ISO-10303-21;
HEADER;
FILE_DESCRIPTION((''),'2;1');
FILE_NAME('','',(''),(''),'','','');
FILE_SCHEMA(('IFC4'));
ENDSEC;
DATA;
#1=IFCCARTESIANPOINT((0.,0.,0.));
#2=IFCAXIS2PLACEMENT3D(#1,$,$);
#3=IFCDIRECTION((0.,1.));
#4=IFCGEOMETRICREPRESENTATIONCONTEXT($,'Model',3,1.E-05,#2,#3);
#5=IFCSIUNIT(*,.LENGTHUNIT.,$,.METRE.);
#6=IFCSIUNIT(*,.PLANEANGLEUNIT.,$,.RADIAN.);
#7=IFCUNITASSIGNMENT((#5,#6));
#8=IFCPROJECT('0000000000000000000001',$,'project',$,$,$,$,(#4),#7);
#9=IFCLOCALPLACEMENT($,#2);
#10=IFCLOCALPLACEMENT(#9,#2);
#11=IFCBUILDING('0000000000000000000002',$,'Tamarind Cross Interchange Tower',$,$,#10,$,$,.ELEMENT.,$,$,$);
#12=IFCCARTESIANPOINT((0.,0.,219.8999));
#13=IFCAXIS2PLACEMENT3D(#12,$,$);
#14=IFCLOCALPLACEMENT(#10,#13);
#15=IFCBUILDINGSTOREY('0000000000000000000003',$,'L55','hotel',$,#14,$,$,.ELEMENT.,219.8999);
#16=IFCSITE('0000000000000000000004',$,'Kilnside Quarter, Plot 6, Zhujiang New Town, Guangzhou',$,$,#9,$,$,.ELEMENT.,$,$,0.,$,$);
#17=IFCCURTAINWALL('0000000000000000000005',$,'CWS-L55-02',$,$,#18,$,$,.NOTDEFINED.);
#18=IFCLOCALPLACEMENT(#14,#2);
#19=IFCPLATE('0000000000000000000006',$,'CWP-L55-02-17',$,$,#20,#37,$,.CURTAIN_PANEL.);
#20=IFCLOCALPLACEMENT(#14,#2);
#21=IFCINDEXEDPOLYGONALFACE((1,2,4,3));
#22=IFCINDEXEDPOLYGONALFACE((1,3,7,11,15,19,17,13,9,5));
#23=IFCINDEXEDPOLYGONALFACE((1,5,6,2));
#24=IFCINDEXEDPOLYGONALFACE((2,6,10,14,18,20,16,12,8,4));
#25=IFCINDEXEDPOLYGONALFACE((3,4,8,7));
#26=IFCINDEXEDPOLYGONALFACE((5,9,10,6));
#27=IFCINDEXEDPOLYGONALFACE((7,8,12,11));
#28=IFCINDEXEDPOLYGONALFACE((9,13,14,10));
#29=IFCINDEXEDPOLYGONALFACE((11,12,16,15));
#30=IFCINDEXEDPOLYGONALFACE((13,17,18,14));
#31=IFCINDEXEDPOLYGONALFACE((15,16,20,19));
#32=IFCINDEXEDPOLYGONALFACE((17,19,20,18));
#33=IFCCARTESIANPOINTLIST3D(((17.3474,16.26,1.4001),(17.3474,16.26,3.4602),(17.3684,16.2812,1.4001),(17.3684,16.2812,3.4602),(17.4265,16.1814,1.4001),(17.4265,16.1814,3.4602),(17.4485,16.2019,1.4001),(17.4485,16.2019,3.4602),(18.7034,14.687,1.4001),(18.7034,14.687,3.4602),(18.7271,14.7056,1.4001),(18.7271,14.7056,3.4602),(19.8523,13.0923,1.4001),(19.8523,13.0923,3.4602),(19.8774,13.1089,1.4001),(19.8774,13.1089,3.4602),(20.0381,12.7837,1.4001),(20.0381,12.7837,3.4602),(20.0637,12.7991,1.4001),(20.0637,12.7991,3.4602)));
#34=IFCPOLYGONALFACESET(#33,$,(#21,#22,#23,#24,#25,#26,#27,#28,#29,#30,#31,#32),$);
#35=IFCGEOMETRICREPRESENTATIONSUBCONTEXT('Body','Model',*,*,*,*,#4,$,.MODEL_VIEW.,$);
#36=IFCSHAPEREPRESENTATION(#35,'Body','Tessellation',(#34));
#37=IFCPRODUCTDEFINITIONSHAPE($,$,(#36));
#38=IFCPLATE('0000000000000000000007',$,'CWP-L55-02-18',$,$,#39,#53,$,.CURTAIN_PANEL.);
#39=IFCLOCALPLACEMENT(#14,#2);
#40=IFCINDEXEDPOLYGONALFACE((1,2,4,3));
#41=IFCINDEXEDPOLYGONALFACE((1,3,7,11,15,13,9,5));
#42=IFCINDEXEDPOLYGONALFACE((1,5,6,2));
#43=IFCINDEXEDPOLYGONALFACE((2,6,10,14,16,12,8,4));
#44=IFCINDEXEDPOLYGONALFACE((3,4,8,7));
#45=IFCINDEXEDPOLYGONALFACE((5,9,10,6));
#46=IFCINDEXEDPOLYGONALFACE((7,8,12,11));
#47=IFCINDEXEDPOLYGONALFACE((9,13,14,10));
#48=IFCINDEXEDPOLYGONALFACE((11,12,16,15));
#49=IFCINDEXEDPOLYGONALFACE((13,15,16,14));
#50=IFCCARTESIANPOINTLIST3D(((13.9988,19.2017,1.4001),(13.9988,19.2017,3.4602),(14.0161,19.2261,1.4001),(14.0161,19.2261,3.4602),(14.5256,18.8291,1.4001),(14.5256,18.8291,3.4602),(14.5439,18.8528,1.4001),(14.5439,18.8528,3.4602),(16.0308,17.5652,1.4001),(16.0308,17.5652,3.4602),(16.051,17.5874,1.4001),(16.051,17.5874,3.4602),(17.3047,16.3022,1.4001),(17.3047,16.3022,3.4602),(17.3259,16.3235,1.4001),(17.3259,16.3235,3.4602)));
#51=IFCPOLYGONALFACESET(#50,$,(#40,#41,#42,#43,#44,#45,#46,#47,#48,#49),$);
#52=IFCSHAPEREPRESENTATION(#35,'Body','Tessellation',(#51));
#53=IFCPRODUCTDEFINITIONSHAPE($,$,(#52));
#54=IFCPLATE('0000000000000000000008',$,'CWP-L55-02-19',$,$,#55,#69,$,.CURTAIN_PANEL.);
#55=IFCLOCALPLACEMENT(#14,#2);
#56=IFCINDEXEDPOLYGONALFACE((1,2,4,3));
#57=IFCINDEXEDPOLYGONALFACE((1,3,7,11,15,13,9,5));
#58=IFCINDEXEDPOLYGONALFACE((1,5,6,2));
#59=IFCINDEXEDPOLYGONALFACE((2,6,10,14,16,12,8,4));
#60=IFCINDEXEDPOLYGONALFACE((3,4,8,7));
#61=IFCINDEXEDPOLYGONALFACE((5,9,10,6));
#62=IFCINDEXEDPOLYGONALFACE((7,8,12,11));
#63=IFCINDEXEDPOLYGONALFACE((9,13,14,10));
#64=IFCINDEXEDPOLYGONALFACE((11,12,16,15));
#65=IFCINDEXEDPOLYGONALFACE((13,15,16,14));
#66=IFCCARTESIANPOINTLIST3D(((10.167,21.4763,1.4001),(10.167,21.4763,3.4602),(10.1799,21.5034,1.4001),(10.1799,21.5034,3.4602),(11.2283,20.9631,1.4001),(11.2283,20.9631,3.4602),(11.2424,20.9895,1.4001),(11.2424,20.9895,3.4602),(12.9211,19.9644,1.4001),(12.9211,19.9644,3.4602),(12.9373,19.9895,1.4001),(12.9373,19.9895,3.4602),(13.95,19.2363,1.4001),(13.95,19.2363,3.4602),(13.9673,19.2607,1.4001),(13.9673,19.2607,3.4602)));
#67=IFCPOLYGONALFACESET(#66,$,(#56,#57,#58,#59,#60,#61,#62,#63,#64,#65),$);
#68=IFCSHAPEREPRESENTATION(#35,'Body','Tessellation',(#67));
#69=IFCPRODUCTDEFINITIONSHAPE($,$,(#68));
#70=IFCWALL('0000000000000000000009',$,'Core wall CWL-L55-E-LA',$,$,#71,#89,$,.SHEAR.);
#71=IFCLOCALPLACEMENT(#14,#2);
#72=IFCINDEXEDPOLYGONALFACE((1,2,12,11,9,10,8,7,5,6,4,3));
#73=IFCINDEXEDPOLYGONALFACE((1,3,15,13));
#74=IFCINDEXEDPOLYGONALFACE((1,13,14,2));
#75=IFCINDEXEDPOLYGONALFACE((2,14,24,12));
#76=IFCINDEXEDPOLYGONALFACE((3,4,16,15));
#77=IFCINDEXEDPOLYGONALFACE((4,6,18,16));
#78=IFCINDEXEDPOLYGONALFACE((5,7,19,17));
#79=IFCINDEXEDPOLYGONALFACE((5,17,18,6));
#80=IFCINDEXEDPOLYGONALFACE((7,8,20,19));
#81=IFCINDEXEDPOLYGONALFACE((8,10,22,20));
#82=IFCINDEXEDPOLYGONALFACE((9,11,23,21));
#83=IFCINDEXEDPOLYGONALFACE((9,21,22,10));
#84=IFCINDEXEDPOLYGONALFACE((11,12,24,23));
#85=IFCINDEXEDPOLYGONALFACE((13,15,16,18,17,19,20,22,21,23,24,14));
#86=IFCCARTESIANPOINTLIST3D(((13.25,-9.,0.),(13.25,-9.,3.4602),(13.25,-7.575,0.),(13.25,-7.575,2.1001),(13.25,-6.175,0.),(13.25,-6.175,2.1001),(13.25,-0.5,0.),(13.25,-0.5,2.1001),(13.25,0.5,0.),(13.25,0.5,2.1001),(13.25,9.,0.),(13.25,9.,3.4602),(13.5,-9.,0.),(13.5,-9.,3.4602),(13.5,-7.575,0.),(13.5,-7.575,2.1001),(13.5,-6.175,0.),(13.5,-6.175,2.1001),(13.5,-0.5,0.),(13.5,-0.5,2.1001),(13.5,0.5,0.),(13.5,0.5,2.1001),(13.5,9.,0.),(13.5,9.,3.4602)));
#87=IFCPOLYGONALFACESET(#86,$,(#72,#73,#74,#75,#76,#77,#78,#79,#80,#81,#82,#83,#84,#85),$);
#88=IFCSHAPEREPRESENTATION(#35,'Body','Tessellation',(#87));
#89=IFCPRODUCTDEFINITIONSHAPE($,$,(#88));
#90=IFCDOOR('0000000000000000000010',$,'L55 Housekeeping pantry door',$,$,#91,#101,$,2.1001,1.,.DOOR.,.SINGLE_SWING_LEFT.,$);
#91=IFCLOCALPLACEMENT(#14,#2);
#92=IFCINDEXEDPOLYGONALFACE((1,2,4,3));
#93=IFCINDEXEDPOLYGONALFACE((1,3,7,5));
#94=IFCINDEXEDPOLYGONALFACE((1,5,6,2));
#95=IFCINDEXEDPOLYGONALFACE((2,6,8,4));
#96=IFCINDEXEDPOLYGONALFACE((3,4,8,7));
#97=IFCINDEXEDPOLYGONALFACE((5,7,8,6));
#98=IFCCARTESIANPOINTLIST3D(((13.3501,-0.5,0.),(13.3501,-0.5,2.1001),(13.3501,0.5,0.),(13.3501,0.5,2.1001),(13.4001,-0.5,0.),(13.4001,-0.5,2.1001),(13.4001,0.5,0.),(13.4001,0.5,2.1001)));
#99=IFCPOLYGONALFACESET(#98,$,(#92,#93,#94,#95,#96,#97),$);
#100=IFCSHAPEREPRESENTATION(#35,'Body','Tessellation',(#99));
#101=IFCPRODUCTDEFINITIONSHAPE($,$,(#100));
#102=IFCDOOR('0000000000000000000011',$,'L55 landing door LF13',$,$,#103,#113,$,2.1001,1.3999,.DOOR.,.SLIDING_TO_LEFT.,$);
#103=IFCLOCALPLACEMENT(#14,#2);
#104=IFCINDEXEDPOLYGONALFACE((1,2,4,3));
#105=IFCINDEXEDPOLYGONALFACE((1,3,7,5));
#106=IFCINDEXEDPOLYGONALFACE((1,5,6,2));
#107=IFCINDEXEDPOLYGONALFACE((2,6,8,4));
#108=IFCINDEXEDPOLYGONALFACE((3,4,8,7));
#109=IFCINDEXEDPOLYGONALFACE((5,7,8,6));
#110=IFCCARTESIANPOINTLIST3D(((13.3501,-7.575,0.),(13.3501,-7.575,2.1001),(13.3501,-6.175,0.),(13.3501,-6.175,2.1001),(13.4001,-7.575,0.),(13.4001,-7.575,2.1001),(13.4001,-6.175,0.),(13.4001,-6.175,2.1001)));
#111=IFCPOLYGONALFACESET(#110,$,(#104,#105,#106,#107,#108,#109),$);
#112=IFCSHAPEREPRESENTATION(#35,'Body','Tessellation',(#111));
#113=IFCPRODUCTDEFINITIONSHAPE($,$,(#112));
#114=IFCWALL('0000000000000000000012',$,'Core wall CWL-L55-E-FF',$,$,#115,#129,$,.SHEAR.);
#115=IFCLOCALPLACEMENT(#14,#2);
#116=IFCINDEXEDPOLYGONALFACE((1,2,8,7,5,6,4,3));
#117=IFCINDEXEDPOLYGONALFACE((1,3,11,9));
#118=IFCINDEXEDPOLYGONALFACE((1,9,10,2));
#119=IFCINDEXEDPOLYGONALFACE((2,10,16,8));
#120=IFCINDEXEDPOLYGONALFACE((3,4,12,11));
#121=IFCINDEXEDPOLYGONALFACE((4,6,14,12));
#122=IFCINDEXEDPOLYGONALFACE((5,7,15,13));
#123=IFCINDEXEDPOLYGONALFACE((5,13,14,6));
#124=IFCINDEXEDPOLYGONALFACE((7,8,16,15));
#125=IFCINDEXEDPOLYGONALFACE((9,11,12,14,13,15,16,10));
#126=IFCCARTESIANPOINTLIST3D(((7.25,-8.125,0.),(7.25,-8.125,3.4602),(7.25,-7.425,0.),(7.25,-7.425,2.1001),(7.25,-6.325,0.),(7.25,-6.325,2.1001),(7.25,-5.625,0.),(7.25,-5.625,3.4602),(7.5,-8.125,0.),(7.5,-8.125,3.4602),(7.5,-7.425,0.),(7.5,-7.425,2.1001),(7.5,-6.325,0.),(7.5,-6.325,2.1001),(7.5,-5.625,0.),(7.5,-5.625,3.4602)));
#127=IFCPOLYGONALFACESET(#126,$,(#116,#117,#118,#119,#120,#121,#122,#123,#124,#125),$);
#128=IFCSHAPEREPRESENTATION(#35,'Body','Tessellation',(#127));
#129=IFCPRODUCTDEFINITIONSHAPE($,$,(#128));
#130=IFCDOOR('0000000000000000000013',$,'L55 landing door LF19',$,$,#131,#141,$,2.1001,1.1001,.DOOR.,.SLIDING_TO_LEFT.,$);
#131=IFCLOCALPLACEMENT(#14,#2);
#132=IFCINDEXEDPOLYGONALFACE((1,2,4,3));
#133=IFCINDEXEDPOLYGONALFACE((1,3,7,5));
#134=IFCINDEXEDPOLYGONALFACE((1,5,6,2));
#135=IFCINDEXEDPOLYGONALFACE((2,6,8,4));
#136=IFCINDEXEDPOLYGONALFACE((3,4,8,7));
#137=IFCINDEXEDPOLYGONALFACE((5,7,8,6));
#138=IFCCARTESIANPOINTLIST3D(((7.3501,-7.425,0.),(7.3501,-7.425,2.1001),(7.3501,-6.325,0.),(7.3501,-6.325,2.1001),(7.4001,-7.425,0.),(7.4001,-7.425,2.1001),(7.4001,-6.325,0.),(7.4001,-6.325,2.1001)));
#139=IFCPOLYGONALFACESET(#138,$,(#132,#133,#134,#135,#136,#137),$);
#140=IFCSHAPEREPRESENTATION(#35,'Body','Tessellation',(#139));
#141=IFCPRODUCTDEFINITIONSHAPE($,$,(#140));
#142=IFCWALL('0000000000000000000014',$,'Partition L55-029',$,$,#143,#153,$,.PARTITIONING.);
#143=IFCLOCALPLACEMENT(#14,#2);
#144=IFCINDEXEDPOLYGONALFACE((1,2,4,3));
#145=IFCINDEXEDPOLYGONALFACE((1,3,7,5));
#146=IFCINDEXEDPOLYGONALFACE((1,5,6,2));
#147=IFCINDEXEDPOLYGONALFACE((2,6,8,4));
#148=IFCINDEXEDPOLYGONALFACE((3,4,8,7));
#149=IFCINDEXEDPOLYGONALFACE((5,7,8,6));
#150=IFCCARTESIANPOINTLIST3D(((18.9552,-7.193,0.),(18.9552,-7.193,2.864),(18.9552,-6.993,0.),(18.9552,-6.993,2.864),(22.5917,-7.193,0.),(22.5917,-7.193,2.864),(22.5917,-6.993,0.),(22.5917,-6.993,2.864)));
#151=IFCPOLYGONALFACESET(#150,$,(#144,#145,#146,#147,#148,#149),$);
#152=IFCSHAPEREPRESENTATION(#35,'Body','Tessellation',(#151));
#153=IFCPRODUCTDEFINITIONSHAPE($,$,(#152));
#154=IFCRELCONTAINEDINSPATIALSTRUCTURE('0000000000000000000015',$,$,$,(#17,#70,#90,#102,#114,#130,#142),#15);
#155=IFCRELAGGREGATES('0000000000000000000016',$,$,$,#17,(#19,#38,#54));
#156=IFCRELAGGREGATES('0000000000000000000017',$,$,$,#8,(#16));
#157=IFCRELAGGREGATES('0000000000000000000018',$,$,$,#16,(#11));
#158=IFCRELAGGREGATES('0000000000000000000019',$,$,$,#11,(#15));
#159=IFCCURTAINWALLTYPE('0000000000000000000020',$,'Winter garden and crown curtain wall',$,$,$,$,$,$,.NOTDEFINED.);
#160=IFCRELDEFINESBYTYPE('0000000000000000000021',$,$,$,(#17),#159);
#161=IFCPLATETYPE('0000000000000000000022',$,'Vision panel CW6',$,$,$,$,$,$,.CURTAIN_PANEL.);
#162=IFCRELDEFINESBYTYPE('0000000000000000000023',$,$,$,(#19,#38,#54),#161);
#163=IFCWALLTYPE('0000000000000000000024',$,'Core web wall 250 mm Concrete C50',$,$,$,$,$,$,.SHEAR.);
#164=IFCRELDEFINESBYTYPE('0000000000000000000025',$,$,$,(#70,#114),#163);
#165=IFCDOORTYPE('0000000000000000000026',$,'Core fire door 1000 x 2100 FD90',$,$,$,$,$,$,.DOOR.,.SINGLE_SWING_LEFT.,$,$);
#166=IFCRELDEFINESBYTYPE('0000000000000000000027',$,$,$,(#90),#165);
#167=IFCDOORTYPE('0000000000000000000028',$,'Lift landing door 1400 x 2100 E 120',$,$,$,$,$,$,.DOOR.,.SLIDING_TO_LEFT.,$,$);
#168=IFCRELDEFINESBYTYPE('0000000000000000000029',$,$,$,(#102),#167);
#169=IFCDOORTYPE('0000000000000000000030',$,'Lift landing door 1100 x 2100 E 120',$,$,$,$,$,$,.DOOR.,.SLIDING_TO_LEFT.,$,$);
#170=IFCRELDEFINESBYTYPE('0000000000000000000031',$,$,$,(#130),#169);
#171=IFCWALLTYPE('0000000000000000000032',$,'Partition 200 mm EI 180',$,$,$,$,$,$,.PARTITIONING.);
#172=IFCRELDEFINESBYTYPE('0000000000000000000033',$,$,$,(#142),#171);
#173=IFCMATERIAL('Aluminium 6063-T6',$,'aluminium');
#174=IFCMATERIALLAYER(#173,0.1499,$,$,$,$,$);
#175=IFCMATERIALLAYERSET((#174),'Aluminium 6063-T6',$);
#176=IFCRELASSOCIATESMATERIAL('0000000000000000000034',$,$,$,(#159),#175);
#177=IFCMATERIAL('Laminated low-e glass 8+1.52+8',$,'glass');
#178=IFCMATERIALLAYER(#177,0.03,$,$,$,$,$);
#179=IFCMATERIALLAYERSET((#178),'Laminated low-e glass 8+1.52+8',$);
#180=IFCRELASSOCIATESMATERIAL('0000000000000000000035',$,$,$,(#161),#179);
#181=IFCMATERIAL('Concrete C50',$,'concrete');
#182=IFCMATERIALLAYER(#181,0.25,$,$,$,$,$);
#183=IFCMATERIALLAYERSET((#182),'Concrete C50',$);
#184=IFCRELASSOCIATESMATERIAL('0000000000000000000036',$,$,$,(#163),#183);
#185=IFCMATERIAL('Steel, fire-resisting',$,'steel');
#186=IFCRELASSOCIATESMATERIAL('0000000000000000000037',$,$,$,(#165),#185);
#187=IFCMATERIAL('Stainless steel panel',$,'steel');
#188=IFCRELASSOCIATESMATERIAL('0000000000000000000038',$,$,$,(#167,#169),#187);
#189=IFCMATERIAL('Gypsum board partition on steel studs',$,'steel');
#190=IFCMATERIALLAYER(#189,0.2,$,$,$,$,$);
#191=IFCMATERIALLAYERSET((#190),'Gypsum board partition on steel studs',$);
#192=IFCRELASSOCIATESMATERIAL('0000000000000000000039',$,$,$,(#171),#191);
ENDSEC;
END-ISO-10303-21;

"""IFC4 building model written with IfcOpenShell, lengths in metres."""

from ifc_helpers import new_model, si_unit, direction, frame, frame_2d, origin, place, context, subcontext, project, spatial, polyline, rectangle, outline, extrude, material, layer, layer_set, type_object, element, fill, aggregate, save


model = new_model("IFC4")

# Units and contexts
model_context = context("Model", 3, precision=1e-05, world=origin(), true_north=direction((0.0, 1.0)))
body_context = subcontext(model_context, "Body", "Model", "MODEL_VIEW")
ifc_project = project(units=[si_unit("LENGTHUNIT", "METRE"), si_unit("PLANEANGLEUNIT", "RADIAN")], contexts=[model_context])

# Site, building, storey
site_placement = place(None, origin())
site = spatial("IfcSite", under=ifc_project, at=site_placement, Name="Kilnside Quarter, Plot 6, Zhujiang New Town, Guangzhou", CompositionType="ELEMENT", RefElevation=0.0)
building_placement = place(site_placement, origin())
building = spatial("IfcBuilding", under=site, at=building_placement, Name="Tamarind Cross Interchange Tower", CompositionType="ELEMENT")
storey_placement = place(building_placement, frame((0.0, 0.0, 219.8999)))
storey = spatial("IfcBuildingStorey", under=building, at=storey_placement, Name="L55", Description="hotel", CompositionType="ELEMENT", Elevation=219.8999)

# Shared definitions
ifc_material_1 = material(Name="Concrete C50", Category="concrete")

# Curtain wall, plates
ifc_material_2 = material(Name="Aluminium 6063-T6", Category="aluminium")
ifc_layer_1 = layer(ifc_material_2, 0.1499)
ifc_layer_set_1 = layer_set([ifc_layer_1], Name="Aluminium 6063-T6")
curtain_wall_type = type_object("IfcCurtainWallType", Name="Winter garden and crown curtain wall", PredefinedType="NOTDEFINED", material=ifc_layer_set_1)
curtain_wall_placement = place(storey_placement, origin())
curtain_wall = element("IfcCurtainWall", 1, at=curtain_wall_placement, inside=storey, type_object=curtain_wall_type, Name="CWS-L55-02", PredefinedType="NOTDEFINED")
ifc_material_3 = material(Name="Laminated low-e glass 8+1.52+8", Category="glass")
ifc_layer_2 = layer(ifc_material_3, 0.03)
ifc_layer_set_2 = layer_set([ifc_layer_2], Name="Laminated low-e glass 8+1.52+8")
plate_type = type_object("IfcPlateType", Name="Vision panel CW6", PredefinedType="CURTAIN_PANEL", material=ifc_layer_set_2)
plate_1_placement = place(storey_placement, frame((0.0, 0.0, 1.4001)))
plate_1 = element("IfcPlate", 2, at=plate_1_placement, type_object=plate_type, Name="CWP-L55-02-17", PredefinedType="CURTAIN_PANEL", context=body_context, shape_type="SweptSolid", body=[
    extrude(outline(polyline([(20.0381, 12.7837), (19.8523, 13.0923), (18.7034, 14.687), (17.4265, 16.1814), (17.3474, 16.26), (17.3684, 16.2812), (17.4485, 16.2019), (18.7271, 14.7056), (19.8774, 13.1089), (20.0637, 12.7991), (20.0381, 12.7837)])), origin(), (0.0, 0.0, 1.0), 2.0601),
])
plate_2_placement = place(storey_placement, frame((0.0, 0.0, 1.4001)))
plate_2 = element("IfcPlate", 3, at=plate_2_placement, type_object=plate_type, Name="CWP-L55-02-18", PredefinedType="CURTAIN_PANEL", context=body_context, shape_type="SweptSolid", body=[
    extrude(outline(polyline([(17.3047, 16.3022), (16.0308, 17.5652), (14.5256, 18.8291), (13.9988, 19.2017), (14.0161, 19.2261), (14.5439, 18.8528), (16.051, 17.5874), (17.3259, 16.3235), (17.3047, 16.3022)])), origin(), (0.0, 0.0, 1.0), 2.0601),
])
plate_3_placement = place(storey_placement, frame((0.0, 0.0, 1.4001)))
plate_3 = element("IfcPlate", 4, at=plate_3_placement, type_object=plate_type, Name="CWP-L55-02-19", PredefinedType="CURTAIN_PANEL", context=body_context, shape_type="SweptSolid", body=[
    extrude(outline(polyline([(13.95, 19.2363), (12.9211, 19.9644), (11.2283, 20.9631), (10.167, 21.4763), (10.1799, 21.5034), (11.2424, 20.9895), (12.9373, 19.9895), (13.9673, 19.2607), (13.95, 19.2363)])), origin(), (0.0, 0.0, 1.0), 2.0601),
])
aggregate(curtain_wall, [plate_1, plate_2, plate_3])

# Wall, openings, doors
ifc_layer_3 = layer(ifc_material_1, 0.25)
ifc_layer_set_3 = layer_set([ifc_layer_3], Name="Concrete C50")
wall_type_1 = type_object("IfcWallType", Name="Core web wall 250 mm Concrete C50", PredefinedType="SHEAR", material=ifc_layer_set_3)
wall_1_placement = place(storey_placement, frame((13.375, -9.0, 0.0), z_axis=(0.0, 0.0, 1.0), x_axis=(0.0, 1.0, 0.0)))
wall_1 = element("IfcWall", 5, at=wall_1_placement, inside=storey, type_object=wall_type_1, Name="Core wall CWL-L55-E-LA", PredefinedType="SHEAR", context=body_context, shape_type="SweptSolid", body=[
    extrude(rectangle(XDim=18.0, YDim=0.25, at=frame_2d((9.0, 0.0))), origin(), (0.0, 0.0, 1.0), 3.4602),
])
opening_1_placement = place(wall_1_placement, frame((1.425, 0.0, 0.0)))
opening_1 = element("IfcOpeningElement", 6, at=opening_1_placement, cuts=wall_1, PredefinedType="OPENING", context=body_context, shape_type="SweptSolid", body=[
    extrude(rectangle(XDim=1.3999, YDim=2.1001, at=frame_2d((0.7, 1.05))), frame((0.0, 0.135, 0.0), z_axis=(0.0, -1.0, 0.0), x_axis=(1.0, 0.0, 0.0)), (0.0, 0.0, 1.0), 0.27),
])
opening_2_placement = place(wall_1_placement, frame((8.5, 0.0, 0.0)))
opening_2 = element("IfcOpeningElement", 7, at=opening_2_placement, cuts=wall_1, PredefinedType="OPENING", context=body_context, shape_type="SweptSolid", body=[
    extrude(rectangle(XDim=1.0, YDim=2.1001, at=frame_2d((0.5, 1.05))), frame((0.0, 0.135, 0.0), z_axis=(0.0, -1.0, 0.0), x_axis=(1.0, 0.0, 0.0)), (0.0, 0.0, 1.0), 0.27),
])
ifc_material_4 = material(Name="Steel, fire-resisting", Category="steel")
door_type_1 = type_object("IfcDoorType", Name="Core fire door 1000 x 2100 FD90", OperationType="SINGLE_SWING_LEFT", PredefinedType="DOOR", material=ifc_material_4)
door_1_placement = place(opening_2_placement, origin())
door_1 = element("IfcDoor", 8, at=door_1_placement, inside=storey, type_object=door_type_1, Name="L55 Housekeeping pantry door", OperationType="SINGLE_SWING_LEFT", OverallHeight=2.1001, OverallWidth=1.0, PredefinedType="DOOR", context=body_context, shape_type="SweptSolid", body=[
    extrude(rectangle(XDim=1.0, YDim=2.1001, at=frame_2d((0.5, 1.05))), frame((0.0, 0.0249, 0.0), z_axis=(0.0, -1.0, 0.0), x_axis=(1.0, 0.0, 0.0)), (0.0, 0.0, 1.0), 0.05),
])
fill(opening_2, door_1)
ifc_material_5 = material(Name="Stainless steel panel", Category="steel")
door_type_2 = type_object("IfcDoorType", Name="Lift landing door 1400 x 2100 E 120", OperationType="SLIDING_TO_LEFT", PredefinedType="DOOR", material=ifc_material_5)
door_2_placement = place(opening_1_placement, origin())
door_2 = element("IfcDoor", 9, at=door_2_placement, inside=storey, type_object=door_type_2, Name="L55 landing door LF13", OperationType="SLIDING_TO_LEFT", OverallHeight=2.1001, OverallWidth=1.3999, PredefinedType="DOOR", context=body_context, shape_type="SweptSolid", body=[
    extrude(rectangle(XDim=1.3999, YDim=2.1001, at=frame_2d((0.7, 1.05))), frame((0.0, 0.0249, 0.0), z_axis=(0.0, -1.0, 0.0), x_axis=(1.0, 0.0, 0.0)), (0.0, 0.0, 1.0), 0.05),
])
fill(opening_1, door_2)

# Wall, opening, door
wall_2_placement = place(storey_placement, frame((7.375, -8.125, 0.0), z_axis=(0.0, 0.0, 1.0), x_axis=(0.0, 1.0, 0.0)))
wall_2 = element("IfcWall", 10, at=wall_2_placement, inside=storey, type_object=wall_type_1, Name="Core wall CWL-L55-E-FF", PredefinedType="SHEAR", context=body_context, shape_type="SweptSolid", body=[
    extrude(rectangle(XDim=2.5, YDim=0.25, at=frame_2d((1.25, 0.0))), origin(), (0.0, 0.0, 1.0), 3.4602),
])
opening_3_placement = place(wall_2_placement, frame((0.7, 0.0, 0.0)))
opening_3 = element("IfcOpeningElement", 11, at=opening_3_placement, cuts=wall_2, PredefinedType="OPENING", context=body_context, shape_type="SweptSolid", body=[
    extrude(rectangle(XDim=1.1001, YDim=2.1001, at=frame_2d((0.55, 1.05))), frame((0.0, 0.135, 0.0), z_axis=(0.0, -1.0, 0.0), x_axis=(1.0, 0.0, 0.0)), (0.0, 0.0, 1.0), 0.27),
])
door_type_3 = type_object("IfcDoorType", Name="Lift landing door 1100 x 2100 E 120", OperationType="SLIDING_TO_LEFT", PredefinedType="DOOR", material=ifc_material_5)
door_3_placement = place(opening_3_placement, origin())
door_3 = element("IfcDoor", 12, at=door_3_placement, inside=storey, type_object=door_type_3, Name="L55 landing door LF19", OperationType="SLIDING_TO_LEFT", OverallHeight=2.1001, OverallWidth=1.1001, PredefinedType="DOOR", context=body_context, shape_type="SweptSolid", body=[
    extrude(rectangle(XDim=1.1001, YDim=2.1001, at=frame_2d((0.55, 1.05))), frame((0.0, 0.0249, 0.0), z_axis=(0.0, -1.0, 0.0), x_axis=(1.0, 0.0, 0.0)), (0.0, 0.0, 1.0), 0.05),
])
fill(opening_3, door_3)

# Wall
ifc_material_6 = material(Name="Gypsum board partition on steel studs", Category="steel")
ifc_layer_4 = layer(ifc_material_6, 0.2)
ifc_layer_set_4 = layer_set([ifc_layer_4], Name="Gypsum board partition on steel studs")
wall_type_2 = type_object("IfcWallType", Name="Partition 200 mm EI 180", PredefinedType="PARTITIONING", material=ifc_layer_set_4)
wall_3_placement = place(storey_placement, frame((18.9551, -7.093, 0.0), z_axis=(0.0, 0.0, 1.0), x_axis=(1.0, 0.0, 0.0)))
element("IfcWall", 13, at=wall_3_placement, inside=storey, type_object=wall_type_2, Name="Partition L55-029", PredefinedType="PARTITIONING", context=body_context, shape_type="SweptSolid", body=[
    extrude(rectangle(XDim=3.6365, YDim=0.2, at=frame_2d((1.8184, 0.0))), origin(), (0.0, 0.0, 1.0), 2.864),
])

save(model, "model.ifc")
